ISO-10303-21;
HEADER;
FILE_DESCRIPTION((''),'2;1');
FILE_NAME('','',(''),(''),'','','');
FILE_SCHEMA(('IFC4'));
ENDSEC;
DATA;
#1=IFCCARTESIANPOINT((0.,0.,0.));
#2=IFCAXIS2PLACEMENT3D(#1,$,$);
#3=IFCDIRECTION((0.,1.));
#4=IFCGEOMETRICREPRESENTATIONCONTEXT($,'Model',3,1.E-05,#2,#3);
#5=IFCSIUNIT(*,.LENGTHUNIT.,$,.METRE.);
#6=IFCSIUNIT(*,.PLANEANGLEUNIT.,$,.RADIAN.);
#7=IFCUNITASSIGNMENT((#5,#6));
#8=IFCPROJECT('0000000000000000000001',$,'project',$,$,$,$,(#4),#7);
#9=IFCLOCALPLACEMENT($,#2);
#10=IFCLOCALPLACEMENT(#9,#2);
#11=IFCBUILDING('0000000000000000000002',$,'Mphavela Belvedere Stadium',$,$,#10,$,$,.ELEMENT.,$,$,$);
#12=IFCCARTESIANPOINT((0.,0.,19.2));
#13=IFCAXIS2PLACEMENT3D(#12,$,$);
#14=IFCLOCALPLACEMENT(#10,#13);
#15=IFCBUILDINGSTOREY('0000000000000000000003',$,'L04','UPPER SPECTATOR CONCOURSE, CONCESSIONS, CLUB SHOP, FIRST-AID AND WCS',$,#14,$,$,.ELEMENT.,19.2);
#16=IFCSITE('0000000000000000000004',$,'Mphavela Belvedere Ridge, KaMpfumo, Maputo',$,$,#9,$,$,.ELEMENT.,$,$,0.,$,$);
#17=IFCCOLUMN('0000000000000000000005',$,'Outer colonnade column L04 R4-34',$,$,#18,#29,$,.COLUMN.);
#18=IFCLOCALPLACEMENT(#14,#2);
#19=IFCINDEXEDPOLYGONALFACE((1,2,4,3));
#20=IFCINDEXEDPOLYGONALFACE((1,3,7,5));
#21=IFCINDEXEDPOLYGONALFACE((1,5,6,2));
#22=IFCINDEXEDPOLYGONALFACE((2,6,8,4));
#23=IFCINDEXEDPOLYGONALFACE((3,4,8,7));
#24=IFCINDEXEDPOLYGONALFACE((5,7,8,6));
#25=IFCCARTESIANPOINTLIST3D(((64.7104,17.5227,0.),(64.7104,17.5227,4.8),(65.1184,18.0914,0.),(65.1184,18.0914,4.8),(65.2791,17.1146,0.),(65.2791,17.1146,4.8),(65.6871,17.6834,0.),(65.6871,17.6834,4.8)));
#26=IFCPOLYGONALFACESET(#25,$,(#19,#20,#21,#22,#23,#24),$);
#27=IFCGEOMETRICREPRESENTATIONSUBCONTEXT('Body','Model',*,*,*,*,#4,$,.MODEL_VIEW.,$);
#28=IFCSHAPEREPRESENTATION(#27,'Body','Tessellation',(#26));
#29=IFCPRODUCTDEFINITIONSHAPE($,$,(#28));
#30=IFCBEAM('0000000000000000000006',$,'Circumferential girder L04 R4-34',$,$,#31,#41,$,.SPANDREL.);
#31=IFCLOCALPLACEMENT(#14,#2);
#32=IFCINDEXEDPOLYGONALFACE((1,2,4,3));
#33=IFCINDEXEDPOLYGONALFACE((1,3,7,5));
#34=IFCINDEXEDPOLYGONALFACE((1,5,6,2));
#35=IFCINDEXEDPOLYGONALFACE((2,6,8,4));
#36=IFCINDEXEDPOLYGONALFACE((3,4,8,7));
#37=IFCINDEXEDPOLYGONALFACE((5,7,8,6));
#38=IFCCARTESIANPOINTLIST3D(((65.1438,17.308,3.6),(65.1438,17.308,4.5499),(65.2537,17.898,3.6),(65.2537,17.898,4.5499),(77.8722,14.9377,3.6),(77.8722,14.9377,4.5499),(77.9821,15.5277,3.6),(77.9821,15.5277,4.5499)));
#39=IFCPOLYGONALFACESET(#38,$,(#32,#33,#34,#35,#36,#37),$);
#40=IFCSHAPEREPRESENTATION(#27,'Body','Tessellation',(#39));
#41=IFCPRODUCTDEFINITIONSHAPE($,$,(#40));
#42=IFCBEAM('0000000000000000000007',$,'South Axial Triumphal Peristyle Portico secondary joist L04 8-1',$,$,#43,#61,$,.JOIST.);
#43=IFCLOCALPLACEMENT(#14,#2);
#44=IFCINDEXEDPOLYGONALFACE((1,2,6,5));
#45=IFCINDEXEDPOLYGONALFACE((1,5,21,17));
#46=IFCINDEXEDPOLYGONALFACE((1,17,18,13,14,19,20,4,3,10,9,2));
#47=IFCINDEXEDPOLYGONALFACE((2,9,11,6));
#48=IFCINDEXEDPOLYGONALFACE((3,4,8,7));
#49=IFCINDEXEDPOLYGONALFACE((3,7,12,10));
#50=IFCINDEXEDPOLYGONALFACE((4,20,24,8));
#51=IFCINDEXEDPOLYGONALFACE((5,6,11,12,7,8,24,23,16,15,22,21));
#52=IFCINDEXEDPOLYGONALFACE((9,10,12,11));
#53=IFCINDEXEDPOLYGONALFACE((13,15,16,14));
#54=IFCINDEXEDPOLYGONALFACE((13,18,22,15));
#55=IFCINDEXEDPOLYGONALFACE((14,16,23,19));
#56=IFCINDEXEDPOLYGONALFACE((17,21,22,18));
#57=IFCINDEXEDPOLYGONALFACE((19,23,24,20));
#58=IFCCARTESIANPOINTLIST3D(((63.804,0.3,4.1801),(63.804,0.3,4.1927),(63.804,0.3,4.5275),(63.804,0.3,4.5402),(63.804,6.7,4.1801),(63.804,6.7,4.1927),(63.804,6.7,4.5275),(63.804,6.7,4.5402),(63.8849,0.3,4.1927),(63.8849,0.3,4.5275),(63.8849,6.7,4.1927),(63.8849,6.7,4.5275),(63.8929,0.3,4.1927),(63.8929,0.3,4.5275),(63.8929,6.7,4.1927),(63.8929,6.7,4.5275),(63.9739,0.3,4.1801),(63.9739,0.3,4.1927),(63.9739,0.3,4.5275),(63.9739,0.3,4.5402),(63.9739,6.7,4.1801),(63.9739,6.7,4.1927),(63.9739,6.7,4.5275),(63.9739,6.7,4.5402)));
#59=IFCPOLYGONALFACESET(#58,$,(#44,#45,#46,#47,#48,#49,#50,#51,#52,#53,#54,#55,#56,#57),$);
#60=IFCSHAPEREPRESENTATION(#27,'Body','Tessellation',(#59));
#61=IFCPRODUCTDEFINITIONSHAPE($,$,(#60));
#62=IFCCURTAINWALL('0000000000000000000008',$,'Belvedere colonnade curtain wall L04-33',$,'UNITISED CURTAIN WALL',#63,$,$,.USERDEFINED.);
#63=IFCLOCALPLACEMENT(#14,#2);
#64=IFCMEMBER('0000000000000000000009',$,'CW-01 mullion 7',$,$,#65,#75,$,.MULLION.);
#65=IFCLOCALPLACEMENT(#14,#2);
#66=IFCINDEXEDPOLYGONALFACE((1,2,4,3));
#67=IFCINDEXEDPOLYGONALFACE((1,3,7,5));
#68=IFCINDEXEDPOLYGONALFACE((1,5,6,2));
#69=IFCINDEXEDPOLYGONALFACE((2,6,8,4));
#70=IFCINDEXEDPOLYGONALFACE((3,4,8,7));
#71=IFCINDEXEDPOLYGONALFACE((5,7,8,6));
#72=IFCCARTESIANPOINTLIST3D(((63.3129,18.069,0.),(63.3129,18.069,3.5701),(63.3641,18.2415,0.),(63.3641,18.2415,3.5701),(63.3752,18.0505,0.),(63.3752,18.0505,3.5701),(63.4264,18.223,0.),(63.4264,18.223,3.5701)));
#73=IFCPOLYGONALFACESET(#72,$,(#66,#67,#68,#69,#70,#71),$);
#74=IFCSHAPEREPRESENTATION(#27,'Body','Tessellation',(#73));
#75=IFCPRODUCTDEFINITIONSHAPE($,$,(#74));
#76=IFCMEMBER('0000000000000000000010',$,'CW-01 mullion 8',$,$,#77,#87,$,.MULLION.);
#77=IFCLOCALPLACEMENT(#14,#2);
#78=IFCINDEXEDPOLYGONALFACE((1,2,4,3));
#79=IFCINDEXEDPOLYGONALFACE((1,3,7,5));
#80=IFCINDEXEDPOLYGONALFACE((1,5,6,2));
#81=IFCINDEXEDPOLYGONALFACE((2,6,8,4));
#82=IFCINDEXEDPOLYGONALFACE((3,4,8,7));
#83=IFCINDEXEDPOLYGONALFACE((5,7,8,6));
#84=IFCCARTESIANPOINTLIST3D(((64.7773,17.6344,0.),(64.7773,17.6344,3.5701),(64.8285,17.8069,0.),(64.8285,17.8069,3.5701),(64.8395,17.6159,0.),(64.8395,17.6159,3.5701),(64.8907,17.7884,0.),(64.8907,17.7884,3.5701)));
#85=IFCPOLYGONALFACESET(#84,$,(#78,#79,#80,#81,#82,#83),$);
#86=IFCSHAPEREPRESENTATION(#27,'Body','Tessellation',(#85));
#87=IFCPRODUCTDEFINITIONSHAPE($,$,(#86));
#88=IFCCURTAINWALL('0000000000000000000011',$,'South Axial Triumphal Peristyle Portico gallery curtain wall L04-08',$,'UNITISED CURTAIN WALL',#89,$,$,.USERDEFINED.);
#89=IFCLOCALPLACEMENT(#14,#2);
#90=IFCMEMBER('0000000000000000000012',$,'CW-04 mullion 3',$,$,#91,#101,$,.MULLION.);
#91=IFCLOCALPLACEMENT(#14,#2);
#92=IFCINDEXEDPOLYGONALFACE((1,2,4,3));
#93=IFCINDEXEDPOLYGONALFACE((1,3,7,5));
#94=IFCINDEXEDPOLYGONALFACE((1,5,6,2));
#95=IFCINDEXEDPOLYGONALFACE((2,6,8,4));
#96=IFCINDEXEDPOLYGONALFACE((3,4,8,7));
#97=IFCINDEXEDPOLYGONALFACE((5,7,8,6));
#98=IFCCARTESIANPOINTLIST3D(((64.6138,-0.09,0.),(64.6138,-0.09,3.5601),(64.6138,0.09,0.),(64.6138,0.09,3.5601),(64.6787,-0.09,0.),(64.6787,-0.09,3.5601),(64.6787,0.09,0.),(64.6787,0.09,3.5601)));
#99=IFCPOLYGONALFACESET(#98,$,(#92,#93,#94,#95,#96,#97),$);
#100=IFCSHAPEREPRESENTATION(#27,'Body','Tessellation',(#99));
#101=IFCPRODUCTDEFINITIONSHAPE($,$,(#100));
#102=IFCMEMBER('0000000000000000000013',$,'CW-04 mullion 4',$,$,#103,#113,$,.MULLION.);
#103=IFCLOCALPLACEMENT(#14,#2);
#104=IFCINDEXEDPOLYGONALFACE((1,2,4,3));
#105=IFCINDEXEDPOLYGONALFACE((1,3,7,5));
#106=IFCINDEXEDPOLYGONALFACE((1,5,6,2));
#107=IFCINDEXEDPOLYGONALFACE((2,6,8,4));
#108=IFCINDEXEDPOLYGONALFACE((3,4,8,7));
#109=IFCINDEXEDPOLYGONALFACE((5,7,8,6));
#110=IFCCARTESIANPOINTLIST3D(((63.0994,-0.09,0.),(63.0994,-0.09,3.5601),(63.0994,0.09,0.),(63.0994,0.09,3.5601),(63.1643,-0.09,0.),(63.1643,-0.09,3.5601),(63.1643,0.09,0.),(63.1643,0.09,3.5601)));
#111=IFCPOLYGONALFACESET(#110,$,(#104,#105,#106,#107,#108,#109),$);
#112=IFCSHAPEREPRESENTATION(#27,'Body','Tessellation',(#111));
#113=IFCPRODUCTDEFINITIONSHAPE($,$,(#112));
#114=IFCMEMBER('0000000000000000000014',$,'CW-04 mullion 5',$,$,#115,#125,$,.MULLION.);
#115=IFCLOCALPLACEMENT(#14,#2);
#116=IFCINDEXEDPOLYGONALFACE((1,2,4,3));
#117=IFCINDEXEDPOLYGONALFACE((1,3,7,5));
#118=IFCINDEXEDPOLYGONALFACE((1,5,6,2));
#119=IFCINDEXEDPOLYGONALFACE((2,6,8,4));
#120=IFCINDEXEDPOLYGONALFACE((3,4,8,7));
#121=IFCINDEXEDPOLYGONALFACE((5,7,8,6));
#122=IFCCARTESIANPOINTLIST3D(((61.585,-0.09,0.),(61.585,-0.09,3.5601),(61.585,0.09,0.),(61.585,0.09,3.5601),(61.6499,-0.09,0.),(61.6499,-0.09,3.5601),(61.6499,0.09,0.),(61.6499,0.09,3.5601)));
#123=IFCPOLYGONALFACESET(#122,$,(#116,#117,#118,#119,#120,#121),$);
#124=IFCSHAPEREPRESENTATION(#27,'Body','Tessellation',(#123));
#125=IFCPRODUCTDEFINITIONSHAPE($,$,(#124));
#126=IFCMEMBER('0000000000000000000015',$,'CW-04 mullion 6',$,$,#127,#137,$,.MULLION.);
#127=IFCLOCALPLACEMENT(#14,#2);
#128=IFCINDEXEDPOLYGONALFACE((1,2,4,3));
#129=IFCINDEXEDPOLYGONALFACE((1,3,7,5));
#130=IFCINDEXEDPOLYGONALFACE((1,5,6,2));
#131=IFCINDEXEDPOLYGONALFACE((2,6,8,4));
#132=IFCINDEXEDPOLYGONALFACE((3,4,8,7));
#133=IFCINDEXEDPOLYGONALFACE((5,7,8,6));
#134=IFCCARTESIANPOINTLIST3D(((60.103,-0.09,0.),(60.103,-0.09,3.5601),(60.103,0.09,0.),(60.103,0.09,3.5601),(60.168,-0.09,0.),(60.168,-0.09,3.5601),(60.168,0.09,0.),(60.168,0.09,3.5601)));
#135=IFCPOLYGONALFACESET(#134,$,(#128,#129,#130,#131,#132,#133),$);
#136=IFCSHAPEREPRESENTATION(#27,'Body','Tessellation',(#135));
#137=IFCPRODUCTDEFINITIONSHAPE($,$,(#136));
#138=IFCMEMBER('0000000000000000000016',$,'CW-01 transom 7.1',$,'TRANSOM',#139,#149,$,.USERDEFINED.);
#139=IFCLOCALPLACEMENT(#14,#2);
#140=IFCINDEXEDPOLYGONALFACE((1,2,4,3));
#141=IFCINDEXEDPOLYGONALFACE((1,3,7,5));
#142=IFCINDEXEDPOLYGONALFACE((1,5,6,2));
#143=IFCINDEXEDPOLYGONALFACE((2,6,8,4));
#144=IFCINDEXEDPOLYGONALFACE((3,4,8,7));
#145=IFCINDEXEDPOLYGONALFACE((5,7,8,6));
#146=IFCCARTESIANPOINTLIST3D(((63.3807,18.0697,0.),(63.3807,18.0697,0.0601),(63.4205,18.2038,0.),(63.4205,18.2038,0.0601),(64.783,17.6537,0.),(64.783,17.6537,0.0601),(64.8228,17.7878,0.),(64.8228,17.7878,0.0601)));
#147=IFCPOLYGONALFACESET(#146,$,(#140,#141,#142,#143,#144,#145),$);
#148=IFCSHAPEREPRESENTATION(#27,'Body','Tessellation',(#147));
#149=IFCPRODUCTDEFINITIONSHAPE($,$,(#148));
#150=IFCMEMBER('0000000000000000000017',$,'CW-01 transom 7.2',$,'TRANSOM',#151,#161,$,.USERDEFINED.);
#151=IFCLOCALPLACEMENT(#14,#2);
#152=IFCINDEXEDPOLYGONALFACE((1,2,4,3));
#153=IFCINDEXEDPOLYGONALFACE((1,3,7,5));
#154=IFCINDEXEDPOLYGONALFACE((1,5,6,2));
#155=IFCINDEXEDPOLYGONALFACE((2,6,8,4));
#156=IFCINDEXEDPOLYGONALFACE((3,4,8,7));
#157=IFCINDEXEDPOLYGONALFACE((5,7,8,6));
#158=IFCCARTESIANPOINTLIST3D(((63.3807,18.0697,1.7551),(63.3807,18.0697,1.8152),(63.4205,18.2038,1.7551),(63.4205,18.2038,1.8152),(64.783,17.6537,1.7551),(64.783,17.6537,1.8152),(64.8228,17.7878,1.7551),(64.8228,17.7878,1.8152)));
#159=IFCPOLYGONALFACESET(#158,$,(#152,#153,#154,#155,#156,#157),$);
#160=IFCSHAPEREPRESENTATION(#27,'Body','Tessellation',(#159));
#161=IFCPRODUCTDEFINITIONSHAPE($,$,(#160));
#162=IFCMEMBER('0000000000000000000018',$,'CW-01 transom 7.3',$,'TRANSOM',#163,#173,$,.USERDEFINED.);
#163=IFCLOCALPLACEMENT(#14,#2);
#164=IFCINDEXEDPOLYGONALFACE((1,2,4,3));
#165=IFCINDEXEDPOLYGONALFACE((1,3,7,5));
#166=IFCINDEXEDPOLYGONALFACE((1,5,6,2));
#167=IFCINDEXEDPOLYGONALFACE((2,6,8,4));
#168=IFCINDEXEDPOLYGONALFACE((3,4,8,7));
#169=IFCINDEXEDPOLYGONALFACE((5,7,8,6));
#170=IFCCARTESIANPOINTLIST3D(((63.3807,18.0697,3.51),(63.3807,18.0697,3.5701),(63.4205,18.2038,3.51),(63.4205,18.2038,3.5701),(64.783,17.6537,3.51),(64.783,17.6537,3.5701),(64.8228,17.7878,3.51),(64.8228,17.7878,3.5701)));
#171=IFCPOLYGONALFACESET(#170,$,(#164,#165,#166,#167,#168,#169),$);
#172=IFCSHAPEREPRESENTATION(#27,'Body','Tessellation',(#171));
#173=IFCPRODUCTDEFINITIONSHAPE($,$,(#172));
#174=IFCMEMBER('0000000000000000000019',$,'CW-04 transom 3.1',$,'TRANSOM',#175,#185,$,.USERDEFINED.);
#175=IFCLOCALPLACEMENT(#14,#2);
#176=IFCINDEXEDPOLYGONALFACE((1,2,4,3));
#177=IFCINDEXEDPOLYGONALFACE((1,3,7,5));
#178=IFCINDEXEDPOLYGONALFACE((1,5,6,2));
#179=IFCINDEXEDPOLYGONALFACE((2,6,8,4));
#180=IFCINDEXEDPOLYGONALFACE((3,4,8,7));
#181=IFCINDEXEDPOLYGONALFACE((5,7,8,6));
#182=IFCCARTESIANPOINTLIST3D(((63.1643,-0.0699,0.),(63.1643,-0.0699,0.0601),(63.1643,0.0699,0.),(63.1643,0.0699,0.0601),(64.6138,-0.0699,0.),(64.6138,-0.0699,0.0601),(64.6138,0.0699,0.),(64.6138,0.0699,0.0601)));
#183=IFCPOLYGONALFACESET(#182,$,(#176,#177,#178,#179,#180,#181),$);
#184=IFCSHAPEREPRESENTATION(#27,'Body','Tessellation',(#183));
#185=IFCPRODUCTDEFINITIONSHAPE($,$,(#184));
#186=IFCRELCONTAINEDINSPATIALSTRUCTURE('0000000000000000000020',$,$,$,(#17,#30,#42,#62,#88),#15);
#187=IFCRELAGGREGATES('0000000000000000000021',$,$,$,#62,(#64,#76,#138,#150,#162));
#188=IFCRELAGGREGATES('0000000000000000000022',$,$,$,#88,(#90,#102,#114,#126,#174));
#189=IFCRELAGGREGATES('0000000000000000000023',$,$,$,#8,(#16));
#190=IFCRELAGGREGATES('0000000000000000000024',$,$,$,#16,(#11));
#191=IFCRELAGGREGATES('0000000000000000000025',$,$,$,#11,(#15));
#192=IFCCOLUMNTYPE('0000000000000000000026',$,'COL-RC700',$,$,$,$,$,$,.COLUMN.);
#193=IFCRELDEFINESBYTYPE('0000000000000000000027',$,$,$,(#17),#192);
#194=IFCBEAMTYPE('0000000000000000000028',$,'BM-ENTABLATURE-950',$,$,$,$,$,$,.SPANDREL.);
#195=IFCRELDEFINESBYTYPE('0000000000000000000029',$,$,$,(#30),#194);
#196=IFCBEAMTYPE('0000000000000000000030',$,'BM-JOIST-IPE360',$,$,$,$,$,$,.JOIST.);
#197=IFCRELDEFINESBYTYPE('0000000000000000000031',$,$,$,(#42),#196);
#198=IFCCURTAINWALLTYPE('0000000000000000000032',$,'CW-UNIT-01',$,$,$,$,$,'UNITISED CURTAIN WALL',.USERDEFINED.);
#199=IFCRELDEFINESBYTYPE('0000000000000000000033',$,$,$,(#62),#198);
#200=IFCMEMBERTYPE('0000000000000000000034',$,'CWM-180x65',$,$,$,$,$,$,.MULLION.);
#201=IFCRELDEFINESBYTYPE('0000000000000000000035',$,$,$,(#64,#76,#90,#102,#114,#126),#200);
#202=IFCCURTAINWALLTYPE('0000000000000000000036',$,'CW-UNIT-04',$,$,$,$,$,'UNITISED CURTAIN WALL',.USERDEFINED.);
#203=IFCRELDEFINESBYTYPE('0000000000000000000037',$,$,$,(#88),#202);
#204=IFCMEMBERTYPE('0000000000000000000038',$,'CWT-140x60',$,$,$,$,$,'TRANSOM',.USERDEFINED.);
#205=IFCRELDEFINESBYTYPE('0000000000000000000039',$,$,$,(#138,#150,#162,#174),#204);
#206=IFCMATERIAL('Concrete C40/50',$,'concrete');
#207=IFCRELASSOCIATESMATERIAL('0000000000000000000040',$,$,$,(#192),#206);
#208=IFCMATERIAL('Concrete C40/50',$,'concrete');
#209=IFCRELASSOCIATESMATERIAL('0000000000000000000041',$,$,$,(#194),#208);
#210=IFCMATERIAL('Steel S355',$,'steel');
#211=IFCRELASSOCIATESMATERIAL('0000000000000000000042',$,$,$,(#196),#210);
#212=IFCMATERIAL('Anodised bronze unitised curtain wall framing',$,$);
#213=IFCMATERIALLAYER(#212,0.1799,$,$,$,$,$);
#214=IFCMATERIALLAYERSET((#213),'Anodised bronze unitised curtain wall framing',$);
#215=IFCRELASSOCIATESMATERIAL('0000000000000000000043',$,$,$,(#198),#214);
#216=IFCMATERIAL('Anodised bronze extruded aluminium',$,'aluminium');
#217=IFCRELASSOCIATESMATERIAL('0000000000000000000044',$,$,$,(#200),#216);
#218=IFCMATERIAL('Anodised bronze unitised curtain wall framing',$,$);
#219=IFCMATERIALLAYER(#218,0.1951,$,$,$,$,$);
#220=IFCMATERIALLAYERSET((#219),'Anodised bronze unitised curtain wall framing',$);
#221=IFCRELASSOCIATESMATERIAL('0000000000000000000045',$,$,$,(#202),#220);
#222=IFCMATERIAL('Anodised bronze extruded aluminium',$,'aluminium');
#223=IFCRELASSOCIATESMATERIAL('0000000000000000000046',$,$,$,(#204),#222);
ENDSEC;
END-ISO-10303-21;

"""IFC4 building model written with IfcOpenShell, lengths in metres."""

from ifc_helpers import new_model, si_unit, direction, frame, origin, origin_2d, place, context, subcontext, project, spatial, rectangle, i_section, extrude, material, layer, layer_set, material_profile, profile_set, type_object, element, aggregate, save


model = new_model("IFC4")

# Units and contexts
model_context = context("Model", 3, precision=1e-05, world=origin(), true_north=direction((0.0, 1.0)))
body_context = subcontext(model_context, "Body", "Model", "MODEL_VIEW")
ifc_project = project(units=[si_unit("LENGTHUNIT", "METRE"), si_unit("PLANEANGLEUNIT", "RADIAN")], contexts=[model_context])

# Site, building, storey
site_placement = place(None, origin())
site = spatial("IfcSite", under=ifc_project, at=site_placement, Name="Mphavela Belvedere Ridge, KaMpfumo, Maputo", CompositionType="ELEMENT", RefElevation=0.0)
building_placement = place(site_placement, origin())
building = spatial("IfcBuilding", under=site, at=building_placement, Name="Mphavela Belvedere Stadium", CompositionType="ELEMENT")
storey_placement = place(building_placement, frame((0.0, 0.0, 19.2)))
storey = spatial("IfcBuildingStorey", under=building, at=storey_placement, Name="L04", Description="UPPER SPECTATOR CONCOURSE, CONCESSIONS, CLUB SHOP, FIRST-AID AND WCS", CompositionType="ELEMENT", Elevation=19.2)

# Column
ifc_material_1 = material(Name="Concrete C40/50", Category="concrete")
ifc_material_profile_1 = material_profile(ifc_material_1, rectangle(XDim=0.7, YDim=0.7, at=origin_2d()), Name="RC 700x700")
ifc_profile_set_1 = profile_set([ifc_material_profile_1], Name="Concrete C40/50")
column_type = type_object("IfcColumnType", Name="COL-RC700", PredefinedType="COLUMN", material=ifc_profile_set_1)
column_placement = place(storey_placement, frame((65.1987, 17.603, 0.0), z_axis=(0.0, 0.0, 1.0), x_axis=(-0.582974, -0.812491, 0.0)))
element("IfcColumn", 1, at=column_placement, inside=storey, type_object=column_type, Name="Outer colonnade column L04 R4-34", PredefinedType="COLUMN", context=body_context, shape_type="SweptSolid", body=[
    extrude(rectangle(XDim=0.7, YDim=0.7, at=origin_2d()), origin(), (0.0, 0.0, 1.0), 4.8),
])

# Beams
ifc_material_2 = material(Name="Concrete C40/50", Category="concrete")
ifc_material_profile_2 = material_profile(ifc_material_2, rectangle(XDim=0.6001, YDim=0.95, at=origin_2d()), Name="RC 600x950")
ifc_profile_set_2 = profile_set([ifc_material_profile_2], Name="Concrete C40/50")
beam_type_1 = type_object("IfcBeamType", Name="BM-ENTABLATURE-950", PredefinedType="SPANDREL", material=ifc_profile_set_2)
beam_1_placement = place(storey_placement, frame((65.1987, 17.603, 4.075), z_axis=(0.983099, -0.183077, 0.0), x_axis=(0.183077, 0.983099, 0.0)))
element("IfcBeam", 2, at=beam_1_placement, inside=storey, type_object=beam_type_1, Name="Circumferential girder L04 R4-34", PredefinedType="SPANDREL", context=body_context, shape_type="SweptSolid", body=[
    extrude(rectangle(XDim=0.6001, YDim=0.95, at=origin_2d()), origin(), (0.0, 0.0, 1.0), 12.9473),
])
ifc_material_3 = material(Name="Steel S355", Category="steel")
ifc_material_profile_3 = material_profile(ifc_material_3, i_section(OverallWidth=0.1699, OverallDepth=0.3601, WebThickness=0.0081, FlangeThickness=0.0127, at=origin_2d()), Name="IPE 360")
ifc_profile_set_3 = profile_set([ifc_material_profile_3], Name="Steel S355")
beam_type_2 = type_object("IfcBeamType", Name="BM-JOIST-IPE360", PredefinedType="JOIST", material=ifc_profile_set_3)
beam_2_placement = place(storey_placement, frame((63.8889, 0.3, 4.3601), z_axis=(0.0, 1.0, 0.0), x_axis=(-1.0, 0.0, 0.0)))
element("IfcBeam", 3, at=beam_2_placement, inside=storey, type_object=beam_type_2, Name="South Axial Triumphal Peristyle Portico secondary joist L04 8-1", PredefinedType="JOIST", context=body_context, shape_type="SweptSolid", body=[
    extrude(i_section(OverallWidth=0.1699, OverallDepth=0.3601, WebThickness=0.0081, FlangeThickness=0.0127, at=origin_2d()), origin(), (0.0, 0.0, 1.0), 6.3999),
])

# Curtain walls, members
ifc_material_4 = material(Name="Anodised bronze unitised curtain wall framing")
ifc_layer_1 = layer(ifc_material_4, 0.1799)
ifc_layer_set_1 = layer_set([ifc_layer_1], Name="Anodised bronze unitised curtain wall framing")
curtain_wall_type_1 = type_object("IfcCurtainWallType", Name="CW-UNIT-01", ElementType="UNITISED CURTAIN WALL", PredefinedType="USERDEFINED", material=ifc_layer_set_1)
curtain_wall_1_placement = place(storey_placement, origin())
curtain_wall_1 = element("IfcCurtainWall", 4, at=curtain_wall_1_placement, inside=storey, type_object=curtain_wall_type_1, Name="Belvedere colonnade curtain wall L04-33", ObjectType="UNITISED CURTAIN WALL", PredefinedType="USERDEFINED")
ifc_material_5 = material(Name="Anodised bronze extruded aluminium", Category="aluminium")
ifc_material_profile_4 = material_profile(ifc_material_5, rectangle(XDim=0.1799, YDim=0.0649, at=origin_2d()), Name="CW-MUL 180x65")
ifc_profile_set_4 = profile_set([ifc_material_profile_4], Name="Anodised bronze extruded aluminium")
member_type_1 = type_object("IfcMemberType", Name="CWM-180x65", PredefinedType="MULLION", material=ifc_profile_set_4)
member_1_placement = place(storey_placement, frame((63.3696, 18.146, 0.0), z_axis=(0.0, 0.0, 1.0), x_axis=(0.284561, 0.958658, 0.0)))
member_1 = element("IfcMember", 5, at=member_1_placement, type_object=member_type_1, Name="CW-01 mullion 7", PredefinedType="MULLION", context=body_context, shape_type="SweptSolid", body=[
    extrude(rectangle(XDim=0.1799, YDim=0.0649, at=origin_2d()), origin(), (0.0, 0.0, 1.0), 3.5701),
])
member_2_placement = place(storey_placement, frame((64.834, 17.7114, 0.0), z_axis=(0.0, 0.0, 1.0), x_axis=(0.284561, 0.958658, 0.0)))
member_2 = element("IfcMember", 6, at=member_2_placement, type_object=member_type_1, Name="CW-01 mullion 8", PredefinedType="MULLION", context=body_context, shape_type="SweptSolid", body=[
    extrude(rectangle(XDim=0.1799, YDim=0.0649, at=origin_2d()), origin(), (0.0, 0.0, 1.0), 3.5701),
])
ifc_material_6 = material(Name="Anodised bronze unitised curtain wall framing")
ifc_layer_2 = layer(ifc_material_6, 0.1951)
ifc_layer_set_2 = layer_set([ifc_layer_2], Name="Anodised bronze unitised curtain wall framing")
curtain_wall_type_2 = type_object("IfcCurtainWallType", Name="CW-UNIT-04", ElementType="UNITISED CURTAIN WALL", PredefinedType="USERDEFINED", material=ifc_layer_set_2)
curtain_wall_2_placement = place(storey_placement, origin())
curtain_wall_2 = element("IfcCurtainWall", 7, at=curtain_wall_2_placement, inside=storey, type_object=curtain_wall_type_2, Name="South Axial Triumphal Peristyle Portico gallery curtain wall L04-08", ObjectType="UNITISED CURTAIN WALL", PredefinedType="USERDEFINED")
member_3_placement = place(storey_placement, frame((64.6462, 0.0, 0.0), z_axis=(0.0, 0.0, 1.0), x_axis=(0.0, -1.0, 0.0)))
member_3 = element("IfcMember", 8, at=member_3_placement, type_object=member_type_1, Name="CW-04 mullion 3", PredefinedType="MULLION", context=body_context, shape_type="SweptSolid", body=[
    extrude(rectangle(XDim=0.1799, YDim=0.0649, at=origin_2d()), origin(), (0.0, 0.0, 1.0), 3.5601),
])
member_4_placement = place(storey_placement, frame((63.1318, 0.0, 0.0), z_axis=(0.0, 0.0, 1.0), x_axis=(0.0, -1.0, 0.0)))
member_4 = element("IfcMember", 9, at=member_4_placement, type_object=member_type_1, Name="CW-04 mullion 4", PredefinedType="MULLION", context=body_context, shape_type="SweptSolid", body=[
    extrude(rectangle(XDim=0.1799, YDim=0.0649, at=origin_2d()), origin(), (0.0, 0.0, 1.0), 3.5601),
])
member_5_placement = place(storey_placement, frame((61.6174, 0.0, 0.0), z_axis=(0.0, 0.0, 1.0), x_axis=(0.0, -1.0, 0.0)))
member_5 = element("IfcMember", 10, at=member_5_placement, type_object=member_type_1, Name="CW-04 mullion 5", PredefinedType="MULLION", context=body_context, shape_type="SweptSolid", body=[
    extrude(rectangle(XDim=0.1799, YDim=0.0649, at=origin_2d()), origin(), (0.0, 0.0, 1.0), 3.5601),
])
member_6_placement = place(storey_placement, frame((60.1355, 0.0, 0.0), z_axis=(0.0, 0.0, 1.0), x_axis=(0.0, -1.0, 0.0)))
member_6 = element("IfcMember", 11, at=member_6_placement, type_object=member_type_1, Name="CW-04 mullion 6", PredefinedType="MULLION", context=body_context, shape_type="SweptSolid", body=[
    extrude(rectangle(XDim=0.1799, YDim=0.0649, at=origin_2d()), origin(), (0.0, 0.0, 1.0), 3.5601),
])

# Members
ifc_material_7 = material(Name="Anodised bronze extruded aluminium", Category="aluminium")
ifc_material_profile_5 = material_profile(ifc_material_7, rectangle(XDim=0.1399, YDim=0.0601, at=origin_2d()), Name="CW-TRN 140x60")
ifc_profile_set_5 = profile_set([ifc_material_profile_5], Name="Anodised bronze extruded aluminium")
member_type_2 = type_object("IfcMemberType", Name="CWT-140x60", ElementType="TRANSOM", PredefinedType="USERDEFINED", material=ifc_profile_set_5)
member_7_placement = place(storey_placement, frame((63.4006, 18.1367, 0.03), z_axis=(0.958704, -0.284407, 0.0), x_axis=(0.284407, 0.958704, 0.0)))
member_7 = element("IfcMember", 12, at=member_7_placement, type_object=member_type_2, Name="CW-01 transom 7.1", ObjectType="TRANSOM", PredefinedType="USERDEFINED", context=body_context, shape_type="SweptSolid", body=[
    extrude(rectangle(XDim=0.1399, YDim=0.0601, at=origin_2d()), origin(), (0.0, 0.0, 1.0), 1.4626),
])
member_8_placement = place(storey_placement, frame((63.4006, 18.1367, 1.7852), z_axis=(0.958704, -0.284407, 0.0), x_axis=(0.284407, 0.958704, 0.0)))
member_8 = element("IfcMember", 13, at=member_8_placement, type_object=member_type_2, Name="CW-01 transom 7.2", ObjectType="TRANSOM", PredefinedType="USERDEFINED", context=body_context, shape_type="SweptSolid", body=[
    extrude(rectangle(XDim=0.1399, YDim=0.0601, at=origin_2d()), origin(), (0.0, 0.0, 1.0), 1.4626),
])
member_9_placement = place(storey_placement, frame((63.4006, 18.1367, 3.54), z_axis=(0.958704, -0.284407, 0.0), x_axis=(0.284407, 0.958704, 0.0)))
member_9 = element("IfcMember", 14, at=member_9_placement, type_object=member_type_2, Name="CW-01 transom 7.3", ObjectType="TRANSOM", PredefinedType="USERDEFINED", context=body_context, shape_type="SweptSolid", body=[
    extrude(rectangle(XDim=0.1399, YDim=0.0601, at=origin_2d()), origin(), (0.0, 0.0, 1.0), 1.4626),
])
member_10_placement = place(storey_placement, frame((64.6138, 0.0, 0.03), z_axis=(-1.0, 0.0, 0.0), x_axis=(0.0, -1.0, 0.0)))
member_10 = element("IfcMember", 15, at=member_10_placement, type_object=member_type_2, Name="CW-04 transom 3.1", ObjectType="TRANSOM", PredefinedType="USERDEFINED", context=body_context, shape_type="SweptSolid", body=[
    extrude(rectangle(XDim=0.1399, YDim=0.0601, at=origin_2d()), origin(), (0.0, 0.0, 1.0), 1.4495),
])

aggregate(curtain_wall_1, [member_1, member_2, member_7, member_8, member_9])
aggregate(curtain_wall_2, [member_3, member_4, member_5, member_6, member_10])

save(model, "model.ifc")
